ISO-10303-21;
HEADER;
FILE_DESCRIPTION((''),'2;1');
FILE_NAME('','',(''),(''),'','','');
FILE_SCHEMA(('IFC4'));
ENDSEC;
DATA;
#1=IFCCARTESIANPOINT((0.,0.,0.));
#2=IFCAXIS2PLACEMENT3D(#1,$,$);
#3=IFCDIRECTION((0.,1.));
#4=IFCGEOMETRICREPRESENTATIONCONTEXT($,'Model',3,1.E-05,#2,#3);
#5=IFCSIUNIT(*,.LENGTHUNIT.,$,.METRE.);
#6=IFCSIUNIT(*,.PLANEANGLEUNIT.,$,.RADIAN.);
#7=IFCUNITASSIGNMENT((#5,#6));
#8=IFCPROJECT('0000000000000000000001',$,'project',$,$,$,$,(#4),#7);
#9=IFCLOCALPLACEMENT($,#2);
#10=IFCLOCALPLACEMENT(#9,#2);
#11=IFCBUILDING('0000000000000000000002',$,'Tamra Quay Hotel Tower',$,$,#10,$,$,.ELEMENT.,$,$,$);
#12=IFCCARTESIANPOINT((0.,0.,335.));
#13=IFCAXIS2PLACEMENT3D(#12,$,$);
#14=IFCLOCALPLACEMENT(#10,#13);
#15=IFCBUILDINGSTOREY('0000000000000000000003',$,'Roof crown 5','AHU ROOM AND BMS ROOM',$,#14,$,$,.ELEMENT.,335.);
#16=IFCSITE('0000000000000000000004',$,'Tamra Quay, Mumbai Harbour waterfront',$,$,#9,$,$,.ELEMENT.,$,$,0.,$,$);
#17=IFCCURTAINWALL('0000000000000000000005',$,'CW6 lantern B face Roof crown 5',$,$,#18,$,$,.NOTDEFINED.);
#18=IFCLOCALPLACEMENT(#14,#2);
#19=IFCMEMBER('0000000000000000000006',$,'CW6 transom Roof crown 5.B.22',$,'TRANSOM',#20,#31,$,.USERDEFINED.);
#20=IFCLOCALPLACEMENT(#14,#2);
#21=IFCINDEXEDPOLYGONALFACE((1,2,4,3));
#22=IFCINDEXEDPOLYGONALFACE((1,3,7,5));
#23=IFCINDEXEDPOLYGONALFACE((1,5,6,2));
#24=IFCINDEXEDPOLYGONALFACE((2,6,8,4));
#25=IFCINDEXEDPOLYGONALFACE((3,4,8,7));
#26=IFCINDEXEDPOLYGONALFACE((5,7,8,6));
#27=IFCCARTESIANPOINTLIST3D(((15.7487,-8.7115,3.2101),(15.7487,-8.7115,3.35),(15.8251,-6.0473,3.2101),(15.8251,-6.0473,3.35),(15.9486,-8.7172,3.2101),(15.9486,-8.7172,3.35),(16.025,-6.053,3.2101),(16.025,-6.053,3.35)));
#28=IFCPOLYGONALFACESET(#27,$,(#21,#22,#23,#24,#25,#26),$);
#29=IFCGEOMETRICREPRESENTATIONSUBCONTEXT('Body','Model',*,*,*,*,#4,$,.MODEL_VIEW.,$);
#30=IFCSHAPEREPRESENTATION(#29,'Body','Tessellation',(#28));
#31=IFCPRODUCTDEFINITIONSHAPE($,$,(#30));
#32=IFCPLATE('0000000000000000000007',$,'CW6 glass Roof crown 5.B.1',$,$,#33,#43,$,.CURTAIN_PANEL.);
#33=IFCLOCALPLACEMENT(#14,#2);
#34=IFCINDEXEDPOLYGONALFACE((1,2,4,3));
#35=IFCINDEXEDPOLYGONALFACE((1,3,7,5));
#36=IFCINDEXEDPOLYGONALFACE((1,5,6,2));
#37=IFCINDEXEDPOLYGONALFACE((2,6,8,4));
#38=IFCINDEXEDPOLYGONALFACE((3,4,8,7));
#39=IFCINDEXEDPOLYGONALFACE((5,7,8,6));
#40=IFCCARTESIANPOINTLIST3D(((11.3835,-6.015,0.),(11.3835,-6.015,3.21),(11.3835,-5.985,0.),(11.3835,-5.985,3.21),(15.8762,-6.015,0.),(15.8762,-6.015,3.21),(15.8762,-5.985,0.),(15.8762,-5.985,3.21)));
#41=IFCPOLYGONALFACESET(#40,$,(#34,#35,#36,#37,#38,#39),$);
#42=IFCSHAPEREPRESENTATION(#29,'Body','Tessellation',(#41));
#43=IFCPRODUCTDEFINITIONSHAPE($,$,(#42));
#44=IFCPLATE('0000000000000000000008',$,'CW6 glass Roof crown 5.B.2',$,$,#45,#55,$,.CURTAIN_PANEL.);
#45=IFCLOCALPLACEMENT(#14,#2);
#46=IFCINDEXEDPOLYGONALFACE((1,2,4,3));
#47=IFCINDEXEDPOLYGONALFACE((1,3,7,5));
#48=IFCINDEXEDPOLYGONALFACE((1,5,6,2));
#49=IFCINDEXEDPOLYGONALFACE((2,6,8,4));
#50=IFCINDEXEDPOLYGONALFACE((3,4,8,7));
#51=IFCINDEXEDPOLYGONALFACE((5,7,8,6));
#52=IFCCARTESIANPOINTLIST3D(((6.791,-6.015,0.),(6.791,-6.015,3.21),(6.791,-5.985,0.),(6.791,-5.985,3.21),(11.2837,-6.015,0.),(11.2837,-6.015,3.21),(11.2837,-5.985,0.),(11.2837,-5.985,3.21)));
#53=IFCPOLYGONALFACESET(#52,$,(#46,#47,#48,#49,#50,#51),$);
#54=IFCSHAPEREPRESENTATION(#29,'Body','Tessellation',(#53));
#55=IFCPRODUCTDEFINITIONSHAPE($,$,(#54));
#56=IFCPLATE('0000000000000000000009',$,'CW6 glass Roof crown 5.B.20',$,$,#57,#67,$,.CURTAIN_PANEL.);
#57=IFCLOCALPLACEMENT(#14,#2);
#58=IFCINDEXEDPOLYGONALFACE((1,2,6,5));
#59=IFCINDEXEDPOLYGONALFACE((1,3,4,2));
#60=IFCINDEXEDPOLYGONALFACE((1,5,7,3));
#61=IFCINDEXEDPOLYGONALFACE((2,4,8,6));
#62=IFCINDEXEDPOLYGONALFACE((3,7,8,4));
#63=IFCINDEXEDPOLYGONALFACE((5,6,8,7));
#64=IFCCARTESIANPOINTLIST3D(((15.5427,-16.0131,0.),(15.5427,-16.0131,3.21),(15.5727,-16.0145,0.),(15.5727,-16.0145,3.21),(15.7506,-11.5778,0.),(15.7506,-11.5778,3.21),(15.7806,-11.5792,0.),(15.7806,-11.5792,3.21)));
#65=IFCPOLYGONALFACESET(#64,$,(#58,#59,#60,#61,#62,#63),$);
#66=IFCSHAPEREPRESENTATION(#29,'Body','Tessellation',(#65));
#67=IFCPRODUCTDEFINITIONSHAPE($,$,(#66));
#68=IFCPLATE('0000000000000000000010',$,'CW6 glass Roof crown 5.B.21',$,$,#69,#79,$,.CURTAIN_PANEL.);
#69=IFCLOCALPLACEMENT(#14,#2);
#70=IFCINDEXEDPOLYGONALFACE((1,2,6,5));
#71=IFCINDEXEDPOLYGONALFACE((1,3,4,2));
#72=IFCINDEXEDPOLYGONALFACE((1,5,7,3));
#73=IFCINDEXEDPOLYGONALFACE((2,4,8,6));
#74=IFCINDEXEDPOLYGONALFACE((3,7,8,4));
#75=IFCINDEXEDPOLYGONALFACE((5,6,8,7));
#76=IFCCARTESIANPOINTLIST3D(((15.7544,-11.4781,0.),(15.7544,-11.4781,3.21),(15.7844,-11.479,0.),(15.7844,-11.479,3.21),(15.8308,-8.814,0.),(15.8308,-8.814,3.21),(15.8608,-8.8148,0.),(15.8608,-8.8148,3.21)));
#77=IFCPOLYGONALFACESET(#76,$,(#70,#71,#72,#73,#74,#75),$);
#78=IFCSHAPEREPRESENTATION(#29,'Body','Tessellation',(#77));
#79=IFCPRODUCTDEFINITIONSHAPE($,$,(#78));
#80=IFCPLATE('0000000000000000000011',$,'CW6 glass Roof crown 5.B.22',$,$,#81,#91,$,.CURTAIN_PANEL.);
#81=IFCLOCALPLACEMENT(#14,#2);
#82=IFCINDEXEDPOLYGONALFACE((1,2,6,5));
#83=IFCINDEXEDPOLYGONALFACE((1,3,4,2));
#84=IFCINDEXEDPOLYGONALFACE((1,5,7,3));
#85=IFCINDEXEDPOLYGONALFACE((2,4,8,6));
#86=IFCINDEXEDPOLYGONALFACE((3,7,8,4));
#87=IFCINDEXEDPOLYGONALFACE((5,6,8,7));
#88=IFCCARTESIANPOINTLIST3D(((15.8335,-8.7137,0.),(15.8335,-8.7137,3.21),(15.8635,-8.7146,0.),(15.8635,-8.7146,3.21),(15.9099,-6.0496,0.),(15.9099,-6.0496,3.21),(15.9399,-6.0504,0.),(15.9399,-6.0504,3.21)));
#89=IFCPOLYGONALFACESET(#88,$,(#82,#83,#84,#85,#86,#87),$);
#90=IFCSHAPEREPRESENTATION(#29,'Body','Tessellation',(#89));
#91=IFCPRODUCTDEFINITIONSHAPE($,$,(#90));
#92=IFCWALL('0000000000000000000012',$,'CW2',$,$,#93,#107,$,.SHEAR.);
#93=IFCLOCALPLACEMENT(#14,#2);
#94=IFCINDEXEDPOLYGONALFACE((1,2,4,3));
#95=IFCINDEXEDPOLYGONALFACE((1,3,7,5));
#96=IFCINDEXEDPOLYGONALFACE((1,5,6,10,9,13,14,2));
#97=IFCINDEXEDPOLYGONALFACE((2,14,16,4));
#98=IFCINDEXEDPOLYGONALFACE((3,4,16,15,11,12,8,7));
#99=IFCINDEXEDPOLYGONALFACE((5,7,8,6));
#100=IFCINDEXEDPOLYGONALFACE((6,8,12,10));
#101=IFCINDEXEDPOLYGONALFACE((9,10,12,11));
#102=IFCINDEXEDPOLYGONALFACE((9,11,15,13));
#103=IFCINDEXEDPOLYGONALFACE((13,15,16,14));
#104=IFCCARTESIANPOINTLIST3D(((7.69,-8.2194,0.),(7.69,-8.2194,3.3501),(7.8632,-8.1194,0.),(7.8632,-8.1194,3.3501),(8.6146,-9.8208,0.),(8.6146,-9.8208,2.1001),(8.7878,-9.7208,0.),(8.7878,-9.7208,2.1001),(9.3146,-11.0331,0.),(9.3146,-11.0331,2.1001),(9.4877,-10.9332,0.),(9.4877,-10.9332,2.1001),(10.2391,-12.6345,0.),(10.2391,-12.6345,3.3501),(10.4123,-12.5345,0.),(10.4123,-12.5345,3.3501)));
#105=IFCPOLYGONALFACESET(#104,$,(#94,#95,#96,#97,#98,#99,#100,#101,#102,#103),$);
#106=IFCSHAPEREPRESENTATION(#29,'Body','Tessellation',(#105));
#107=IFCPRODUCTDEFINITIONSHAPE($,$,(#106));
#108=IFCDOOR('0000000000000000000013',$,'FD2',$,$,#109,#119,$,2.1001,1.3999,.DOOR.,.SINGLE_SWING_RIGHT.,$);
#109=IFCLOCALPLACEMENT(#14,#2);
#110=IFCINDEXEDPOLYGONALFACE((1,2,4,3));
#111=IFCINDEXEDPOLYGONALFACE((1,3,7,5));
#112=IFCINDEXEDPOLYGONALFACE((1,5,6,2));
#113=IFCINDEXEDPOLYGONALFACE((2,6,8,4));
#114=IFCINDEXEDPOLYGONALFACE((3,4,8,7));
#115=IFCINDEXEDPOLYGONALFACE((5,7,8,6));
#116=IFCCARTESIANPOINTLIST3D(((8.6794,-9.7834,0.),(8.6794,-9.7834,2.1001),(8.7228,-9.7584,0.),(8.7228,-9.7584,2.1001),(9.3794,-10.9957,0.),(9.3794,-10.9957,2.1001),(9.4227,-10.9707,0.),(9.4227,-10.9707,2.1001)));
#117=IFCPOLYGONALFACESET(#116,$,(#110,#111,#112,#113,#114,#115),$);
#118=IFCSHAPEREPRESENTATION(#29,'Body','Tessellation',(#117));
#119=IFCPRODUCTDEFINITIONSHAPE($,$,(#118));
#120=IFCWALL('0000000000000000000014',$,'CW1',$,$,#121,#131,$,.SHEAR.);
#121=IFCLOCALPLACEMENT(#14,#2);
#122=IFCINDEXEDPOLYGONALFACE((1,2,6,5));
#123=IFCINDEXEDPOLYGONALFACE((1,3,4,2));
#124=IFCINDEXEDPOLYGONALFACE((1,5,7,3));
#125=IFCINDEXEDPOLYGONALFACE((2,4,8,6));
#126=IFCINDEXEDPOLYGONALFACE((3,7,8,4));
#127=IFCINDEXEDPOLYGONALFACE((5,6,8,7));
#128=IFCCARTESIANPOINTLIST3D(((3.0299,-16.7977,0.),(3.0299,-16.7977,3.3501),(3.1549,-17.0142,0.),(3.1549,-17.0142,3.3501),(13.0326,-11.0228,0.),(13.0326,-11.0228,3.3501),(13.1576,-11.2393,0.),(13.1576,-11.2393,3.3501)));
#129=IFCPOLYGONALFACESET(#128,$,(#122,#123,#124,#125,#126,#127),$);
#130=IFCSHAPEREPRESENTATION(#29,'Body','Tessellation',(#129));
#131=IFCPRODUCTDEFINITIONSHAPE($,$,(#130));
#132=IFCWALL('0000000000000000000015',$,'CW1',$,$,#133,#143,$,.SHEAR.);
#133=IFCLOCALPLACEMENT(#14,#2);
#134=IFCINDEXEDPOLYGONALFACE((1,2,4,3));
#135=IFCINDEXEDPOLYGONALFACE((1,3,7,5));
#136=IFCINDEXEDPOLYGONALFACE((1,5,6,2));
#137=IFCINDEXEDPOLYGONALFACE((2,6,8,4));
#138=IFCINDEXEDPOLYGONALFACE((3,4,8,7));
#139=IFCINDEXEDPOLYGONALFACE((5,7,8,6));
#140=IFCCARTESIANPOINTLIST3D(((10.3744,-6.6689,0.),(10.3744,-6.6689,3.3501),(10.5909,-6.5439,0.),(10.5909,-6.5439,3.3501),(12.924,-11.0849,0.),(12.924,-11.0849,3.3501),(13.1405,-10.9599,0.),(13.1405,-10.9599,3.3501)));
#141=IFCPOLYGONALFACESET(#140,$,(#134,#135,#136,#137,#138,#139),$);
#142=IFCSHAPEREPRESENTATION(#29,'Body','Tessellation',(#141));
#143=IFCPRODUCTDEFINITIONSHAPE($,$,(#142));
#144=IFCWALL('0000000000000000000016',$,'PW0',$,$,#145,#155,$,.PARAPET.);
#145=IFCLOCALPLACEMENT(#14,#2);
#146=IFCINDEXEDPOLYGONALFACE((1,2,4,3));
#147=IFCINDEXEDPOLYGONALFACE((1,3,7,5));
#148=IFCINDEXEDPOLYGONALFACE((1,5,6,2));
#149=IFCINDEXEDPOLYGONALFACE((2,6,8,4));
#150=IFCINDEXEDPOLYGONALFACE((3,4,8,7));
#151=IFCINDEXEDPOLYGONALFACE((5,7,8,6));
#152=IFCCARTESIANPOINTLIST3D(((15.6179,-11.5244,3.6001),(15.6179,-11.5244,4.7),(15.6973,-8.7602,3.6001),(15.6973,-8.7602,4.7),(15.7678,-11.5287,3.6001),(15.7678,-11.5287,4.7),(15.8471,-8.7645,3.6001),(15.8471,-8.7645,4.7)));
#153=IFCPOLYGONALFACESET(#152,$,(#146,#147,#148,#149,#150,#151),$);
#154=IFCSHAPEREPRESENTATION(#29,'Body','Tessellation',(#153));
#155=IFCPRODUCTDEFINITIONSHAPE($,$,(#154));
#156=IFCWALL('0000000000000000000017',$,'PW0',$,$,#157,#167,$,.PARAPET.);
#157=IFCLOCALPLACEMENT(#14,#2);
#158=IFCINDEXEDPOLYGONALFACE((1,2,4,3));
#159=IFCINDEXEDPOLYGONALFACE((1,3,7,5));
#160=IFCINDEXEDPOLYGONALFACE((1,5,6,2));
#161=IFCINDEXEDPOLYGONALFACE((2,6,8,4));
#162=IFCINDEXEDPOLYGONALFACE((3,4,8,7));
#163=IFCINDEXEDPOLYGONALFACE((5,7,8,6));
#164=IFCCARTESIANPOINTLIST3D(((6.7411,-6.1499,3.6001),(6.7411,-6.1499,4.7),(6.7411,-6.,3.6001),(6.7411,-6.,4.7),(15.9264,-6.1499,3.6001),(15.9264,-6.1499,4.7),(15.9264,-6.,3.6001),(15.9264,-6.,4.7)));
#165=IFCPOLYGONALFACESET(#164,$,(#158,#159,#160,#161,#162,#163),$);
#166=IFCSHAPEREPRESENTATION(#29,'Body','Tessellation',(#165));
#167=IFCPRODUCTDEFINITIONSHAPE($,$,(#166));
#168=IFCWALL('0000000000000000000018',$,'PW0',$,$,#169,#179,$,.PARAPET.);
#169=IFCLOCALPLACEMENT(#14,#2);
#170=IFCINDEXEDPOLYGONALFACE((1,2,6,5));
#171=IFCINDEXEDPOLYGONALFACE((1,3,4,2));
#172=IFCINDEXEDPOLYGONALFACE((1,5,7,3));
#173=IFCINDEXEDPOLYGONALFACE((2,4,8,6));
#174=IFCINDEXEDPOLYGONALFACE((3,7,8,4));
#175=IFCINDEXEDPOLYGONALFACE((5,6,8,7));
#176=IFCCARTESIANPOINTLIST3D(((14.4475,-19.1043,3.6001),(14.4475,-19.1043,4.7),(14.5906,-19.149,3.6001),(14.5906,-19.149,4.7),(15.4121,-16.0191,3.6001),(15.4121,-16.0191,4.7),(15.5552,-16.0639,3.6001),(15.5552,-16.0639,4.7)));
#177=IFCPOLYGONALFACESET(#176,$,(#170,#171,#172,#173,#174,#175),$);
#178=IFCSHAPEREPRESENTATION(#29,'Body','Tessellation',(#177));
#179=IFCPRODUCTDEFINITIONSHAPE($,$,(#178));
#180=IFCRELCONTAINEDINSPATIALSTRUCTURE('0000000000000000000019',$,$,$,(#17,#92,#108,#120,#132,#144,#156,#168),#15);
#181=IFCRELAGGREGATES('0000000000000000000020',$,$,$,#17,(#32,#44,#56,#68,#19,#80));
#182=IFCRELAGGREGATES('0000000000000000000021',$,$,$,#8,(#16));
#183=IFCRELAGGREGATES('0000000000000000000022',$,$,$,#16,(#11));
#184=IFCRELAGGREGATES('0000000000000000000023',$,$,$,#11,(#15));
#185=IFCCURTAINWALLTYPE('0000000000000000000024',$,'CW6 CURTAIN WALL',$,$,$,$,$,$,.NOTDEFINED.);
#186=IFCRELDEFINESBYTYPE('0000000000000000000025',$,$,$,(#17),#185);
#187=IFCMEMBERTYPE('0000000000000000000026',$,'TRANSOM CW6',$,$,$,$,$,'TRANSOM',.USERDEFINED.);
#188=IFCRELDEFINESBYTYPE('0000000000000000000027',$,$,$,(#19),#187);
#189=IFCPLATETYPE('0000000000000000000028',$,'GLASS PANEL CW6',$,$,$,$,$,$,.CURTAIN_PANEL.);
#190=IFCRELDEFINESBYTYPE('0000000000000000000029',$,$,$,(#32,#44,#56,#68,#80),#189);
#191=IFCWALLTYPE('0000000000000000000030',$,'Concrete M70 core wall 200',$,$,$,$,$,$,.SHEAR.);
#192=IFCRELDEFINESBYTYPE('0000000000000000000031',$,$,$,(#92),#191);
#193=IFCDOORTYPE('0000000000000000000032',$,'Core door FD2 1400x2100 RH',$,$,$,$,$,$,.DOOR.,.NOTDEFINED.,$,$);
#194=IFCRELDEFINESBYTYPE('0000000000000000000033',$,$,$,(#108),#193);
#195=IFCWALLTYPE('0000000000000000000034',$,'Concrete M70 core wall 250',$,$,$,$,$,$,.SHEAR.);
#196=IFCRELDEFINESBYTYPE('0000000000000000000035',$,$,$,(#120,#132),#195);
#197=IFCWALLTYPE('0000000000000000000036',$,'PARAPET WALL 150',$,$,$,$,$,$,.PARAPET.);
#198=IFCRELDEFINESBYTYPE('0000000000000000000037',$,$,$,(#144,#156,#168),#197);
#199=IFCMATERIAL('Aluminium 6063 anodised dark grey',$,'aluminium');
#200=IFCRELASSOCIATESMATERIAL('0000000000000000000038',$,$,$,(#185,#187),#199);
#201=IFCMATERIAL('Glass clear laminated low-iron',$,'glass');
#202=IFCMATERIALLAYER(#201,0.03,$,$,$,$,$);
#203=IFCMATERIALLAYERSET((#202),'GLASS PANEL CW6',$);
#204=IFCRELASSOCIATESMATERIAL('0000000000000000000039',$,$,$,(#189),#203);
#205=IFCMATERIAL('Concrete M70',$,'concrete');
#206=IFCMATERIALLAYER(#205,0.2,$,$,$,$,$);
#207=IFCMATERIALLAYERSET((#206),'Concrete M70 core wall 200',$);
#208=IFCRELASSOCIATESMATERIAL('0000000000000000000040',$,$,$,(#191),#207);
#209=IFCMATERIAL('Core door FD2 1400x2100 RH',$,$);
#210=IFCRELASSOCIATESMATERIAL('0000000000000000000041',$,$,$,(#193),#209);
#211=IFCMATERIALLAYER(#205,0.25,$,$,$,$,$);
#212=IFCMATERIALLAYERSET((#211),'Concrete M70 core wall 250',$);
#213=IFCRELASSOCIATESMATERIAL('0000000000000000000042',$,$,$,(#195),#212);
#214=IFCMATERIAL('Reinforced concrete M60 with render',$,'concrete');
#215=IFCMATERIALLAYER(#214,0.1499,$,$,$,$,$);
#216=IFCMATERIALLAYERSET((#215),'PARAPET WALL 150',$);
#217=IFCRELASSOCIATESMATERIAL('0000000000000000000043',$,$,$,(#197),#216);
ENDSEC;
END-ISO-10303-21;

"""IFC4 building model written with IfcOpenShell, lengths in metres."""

from ifc_helpers import new_model, si_unit, direction, frame, frame_2d, origin, origin_2d, place, context, subcontext, project, spatial, rectangle, extrude, material, layer, layer_set, material_profile, profile_set, type_object, element, fill, aggregate, save


model = new_model("IFC4")

# Units and contexts
model_context = context("Model", 3, precision=1e-05, world=origin(), true_north=direction((0.0, 1.0)))
body_context = subcontext(model_context, "Body", "Model", "MODEL_VIEW")
ifc_project = project(units=[si_unit("LENGTHUNIT", "METRE"), si_unit("PLANEANGLEUNIT", "RADIAN")], contexts=[model_context])

# Site, building, storey
site_placement = place(None, origin())
site = spatial("IfcSite", under=ifc_project, at=site_placement, Name="Tamra Quay, Mumbai Harbour waterfront", CompositionType="ELEMENT", RefElevation=0.0)
building_placement = place(site_placement, origin())
building = spatial("IfcBuilding", under=site, at=building_placement, Name="Tamra Quay Hotel Tower", CompositionType="ELEMENT")
storey_placement = place(building_placement, frame((0.0, 0.0, 335.0)))
storey = spatial("IfcBuildingStorey", under=building, at=storey_placement, Name="Roof crown 5", Description="AHU ROOM AND BMS ROOM", CompositionType="ELEMENT", Elevation=335.0)

# Curtain wall, member, plates
ifc_material_1 = material(Name="Aluminium 6063 anodised dark grey", Category="aluminium")
curtain_wall_type = type_object("IfcCurtainWallType", Name="CW6 CURTAIN WALL", PredefinedType="NOTDEFINED", material=ifc_material_1)
curtain_wall_placement = place(storey_placement, origin())
curtain_wall = element("IfcCurtainWall", 1, at=curtain_wall_placement, inside=storey, type_object=curtain_wall_type, Name="CW6 lantern B face Roof crown 5", PredefinedType="NOTDEFINED")
ifc_material_profile_1 = material_profile(ifc_material_1, rectangle(XDim=0.2, YDim=0.1399, at=origin_2d()), Name="TRANSOM 200X140")
ifc_profile_set_1 = profile_set([ifc_material_profile_1], Name="Aluminium 6063 anodised dark grey")
member_type_1 = type_object("IfcMemberType", Name="TRANSOM CW6", ElementType="TRANSOM", PredefinedType="USERDEFINED", material=ifc_profile_set_1)
member_1_placement = place(storey_placement, frame((15.8486, -8.7144, 3.28), z_axis=(0.02867, 0.999589, 0.0), x_axis=(-0.999589, 0.02867, 0.0)))
member_1 = element("IfcMember", 2, at=member_1_placement, type_object=member_type_1, Name="CW6 transom Roof crown 5.B.22", ObjectType="TRANSOM", PredefinedType="USERDEFINED", context=body_context, shape_type="SweptSolid", body=[
    extrude(rectangle(XDim=0.2, YDim=0.1399, at=origin_2d()), origin(), (0.0, 0.0, 1.0), 2.6653),
])
ifc_material_2 = material(Name="Glass clear laminated low-iron", Category="glass")
ifc_layer_1 = layer(ifc_material_2, 0.03)
ifc_layer_set_1 = layer_set([ifc_layer_1], Name="GLASS PANEL CW6")
plate_type = type_object("IfcPlateType", Name="GLASS PANEL CW6", PredefinedType="CURTAIN_PANEL", material=ifc_layer_set_1)
plate_1_placement = place(storey_placement, frame((13.6299, -6.0, 0.0), z_axis=(0.0, 0.0, 1.0), x_axis=(-1.0, 0.0, 0.0)))
plate_1 = element("IfcPlate", 3, at=plate_1_placement, type_object=plate_type, Name="CW6 glass Roof crown 5.B.1", PredefinedType="CURTAIN_PANEL", context=body_context, shape_type="SweptSolid", body=[
    extrude(rectangle(XDim=4.4927, YDim=0.03, at=origin_2d()), origin(), (0.0, 0.0, 1.0), 3.21),
])
plate_2_placement = place(storey_placement, frame((9.0374, -6.0, 0.0), z_axis=(0.0, 0.0, 1.0), x_axis=(-1.0, 0.0, 0.0)))
plate_2 = element("IfcPlate", 4, at=plate_2_placement, type_object=plate_type, Name="CW6 glass Roof crown 5.B.2", PredefinedType="CURTAIN_PANEL", context=body_context, shape_type="SweptSolid", body=[
    extrude(rectangle(XDim=4.4927, YDim=0.03, at=origin_2d()), origin(), (0.0, 0.0, 1.0), 3.21),
])
plate_3_placement = place(storey_placement, frame((15.6616, -13.7961, 0.0), z_axis=(0.0, 0.0, 1.0), x_axis=(0.046821, 0.998903, 0.0)))
plate_3 = element("IfcPlate", 5, at=plate_3_placement, type_object=plate_type, Name="CW6 glass Roof crown 5.B.20", PredefinedType="CURTAIN_PANEL", context=body_context, shape_type="SweptSolid", body=[
    extrude(rectangle(XDim=4.4402, YDim=0.03, at=origin_2d()), origin(), (0.0, 0.0, 1.0), 3.21),
])
plate_4_placement = place(storey_placement, frame((15.8076, -10.1465, 0.0), z_axis=(0.0, 0.0, 1.0), x_axis=(0.02865, 0.99959, 0.0)))
plate_4 = element("IfcPlate", 6, at=plate_4_placement, type_object=plate_type, Name="CW6 glass Roof crown 5.B.21", PredefinedType="CURTAIN_PANEL", context=body_context, shape_type="SweptSolid", body=[
    extrude(rectangle(XDim=2.6653, YDim=0.03, at=origin_2d()), origin(), (0.0, 0.0, 1.0), 3.21),
])
plate_5_placement = place(storey_placement, frame((15.8867, -7.3821, 0.0), z_axis=(0.0, 0.0, 1.0), x_axis=(0.02865, 0.99959, 0.0)))
plate_5 = element("IfcPlate", 7, at=plate_5_placement, type_object=plate_type, Name="CW6 glass Roof crown 5.B.22", PredefinedType="CURTAIN_PANEL", context=body_context, shape_type="SweptSolid", body=[
    extrude(rectangle(XDim=2.6653, YDim=0.03, at=origin_2d()), origin(), (0.0, 0.0, 1.0), 3.21),
])
aggregate(curtain_wall, [plate_1, plate_2, plate_3, plate_4, member_1, plate_5])

# Wall, opening, door
ifc_material_3 = material(Name="Concrete M70", Category="concrete")
ifc_layer_2 = layer(ifc_material_3, 0.2)
ifc_layer_set_2 = layer_set([ifc_layer_2], Name="Concrete M70 core wall 200")
wall_type_1 = type_object("IfcWallType", Name="Concrete M70 core wall 200", PredefinedType="SHEAR", material=ifc_layer_set_2)
wall_1_placement = place(storey_placement, frame((7.7766, -8.1694, 0.0), z_axis=(0.0, 0.0, 1.0), x_axis=(0.500007, -0.866021, 0.0)))
wall_1 = element("IfcWall", 8, at=wall_1_placement, inside=storey, type_object=wall_type_1, Name="CW2", PredefinedType="SHEAR", context=body_context, shape_type="SweptSolid", body=[
    extrude(rectangle(XDim=5.0981, YDim=0.2, at=frame_2d((2.5491, 0.0))), origin(), (0.0, 0.0, 1.0), 3.3501),
])
opening_placement = place(wall_1_placement, frame((1.8491, 0.0, 0.0)))
opening = element("IfcOpeningElement", 9, at=opening_placement, cuts=wall_1, PredefinedType="OPENING", context=body_context, shape_type="SweptSolid", body=[
    extrude(rectangle(XDim=1.3999, YDim=2.1001, at=frame_2d((0.7, 1.05))), frame((0.0, 0.1099, 0.0), z_axis=(0.0, -1.0, 0.0), x_axis=(1.0, 0.0, 0.0)), (0.0, 0.0, 1.0), 0.22),
])
ifc_material_4 = material(Name="Core door FD2 1400x2100 RH")
door_type = type_object("IfcDoorType", Name="Core door FD2 1400x2100 RH", OperationType="NOTDEFINED", PredefinedType="DOOR", material=ifc_material_4)
door_placement = place(opening_placement, origin())
door = element("IfcDoor", 10, at=door_placement, inside=storey, type_object=door_type, Name="FD2", OperationType="SINGLE_SWING_RIGHT", OverallHeight=2.1001, OverallWidth=1.3999, PredefinedType="DOOR", context=body_context, shape_type="SweptSolid", body=[
    extrude(rectangle(XDim=1.3999, YDim=2.1001, at=frame_2d((0.7, 1.05))), frame((0.0, 0.0249, 0.0), z_axis=(0.0, -1.0, 0.0), x_axis=(1.0, 0.0, 0.0)), (0.0, 0.0, 1.0), 0.05),
])
fill(opening, door)

# Walls
ifc_layer_3 = layer(ifc_material_3, 0.25)
ifc_layer_set_3 = layer_set([ifc_layer_3], Name="Concrete M70 core wall 250")
wall_type_2 = type_object("IfcWallType", Name="Concrete M70 core wall 250", PredefinedType="SHEAR", material=ifc_layer_set_3)
wall_2_placement = place(storey_placement, frame((13.095, -11.1311, 0.0), z_axis=(0.0, 0.0, 1.0), x_axis=(-0.866031, -0.49999, 0.0)))
element("IfcWall", 11, at=wall_2_placement, inside=storey, type_object=wall_type_2, Name="CW1", PredefinedType="SHEAR", context=body_context, shape_type="SweptSolid", body=[
    extrude(rectangle(XDim=11.55, YDim=0.25, at=frame_2d((5.7749, 0.0))), origin(), (0.0, 0.0, 1.0), 3.3501),
])
wall_3_placement = place(storey_placement, frame((10.4827, -6.6064, 0.0), z_axis=(0.0, 0.0, 1.0), x_axis=(0.499996, -0.866028, 0.0)))
element("IfcWall", 12, at=wall_3_placement, inside=storey, type_object=wall_type_2, Name="CW1", PredefinedType="SHEAR", context=body_context, shape_type="SweptSolid", body=[
    extrude(rectangle(XDim=5.0991, YDim=0.25, at=frame_2d((2.5496, 0.0))), origin(), (0.0, 0.0, 1.0), 3.3501),
])
ifc_material_5 = material(Name="Reinforced concrete M60 with render", Category="concrete")
ifc_layer_4 = layer(ifc_material_5, 0.1499)
ifc_layer_set_4 = layer_set([ifc_layer_4], Name="PARAPET WALL 150")
wall_type_3 = type_object("IfcWallType", Name="PARAPET WALL 150", PredefinedType="PARAPET", material=ifc_layer_set_4)
wall_4_placement = place(storey_placement, frame((15.7722, -8.7622, 3.6001), z_axis=(0.0, 0.0, 1.0), x_axis=(-0.028693, -0.999588, 0.0)))
element("IfcWall", 13, at=wall_4_placement, inside=storey, type_object=wall_type_3, Name="PW0", PredefinedType="PARAPET", context=body_context, shape_type="SweptSolid", body=[
    extrude(rectangle(XDim=2.7654, YDim=0.1499, at=frame_2d((1.3828, 0.0))), origin(), (0.0, 0.0, 1.0), 1.0999),
])
wall_5_placement = place(storey_placement, frame((6.741, -6.075, 3.6001), z_axis=(0.0, 0.0, 1.0), x_axis=(1.0, 0.0, 0.0)))
element("IfcWall", 14, at=wall_5_placement, inside=storey, type_object=wall_type_3, Name="PW0", PredefinedType="PARAPET", context=body_context, shape_type="SweptSolid", body=[
    extrude(rectangle(XDim=9.1853, YDim=0.1499, at=frame_2d((4.5928, 0.0))), origin(), (0.0, 0.0, 1.0), 1.0999),
])
wall_6_placement = place(storey_placement, frame((15.4836, -16.0415, 3.6001), z_axis=(0.0, 0.0, 1.0), x_axis=(-0.298408, -0.954438, 0.0)))
element("IfcWall", 15, at=wall_6_placement, inside=storey, type_object=wall_type_3, Name="PW0", PredefinedType="PARAPET", context=body_context, shape_type="SweptSolid", body=[
    extrude(rectangle(XDim=3.2324, YDim=0.1499, at=frame_2d((1.6162, 0.0))), origin(), (0.0, 0.0, 1.0), 1.0999),
])

save(model, "model.ifc")
